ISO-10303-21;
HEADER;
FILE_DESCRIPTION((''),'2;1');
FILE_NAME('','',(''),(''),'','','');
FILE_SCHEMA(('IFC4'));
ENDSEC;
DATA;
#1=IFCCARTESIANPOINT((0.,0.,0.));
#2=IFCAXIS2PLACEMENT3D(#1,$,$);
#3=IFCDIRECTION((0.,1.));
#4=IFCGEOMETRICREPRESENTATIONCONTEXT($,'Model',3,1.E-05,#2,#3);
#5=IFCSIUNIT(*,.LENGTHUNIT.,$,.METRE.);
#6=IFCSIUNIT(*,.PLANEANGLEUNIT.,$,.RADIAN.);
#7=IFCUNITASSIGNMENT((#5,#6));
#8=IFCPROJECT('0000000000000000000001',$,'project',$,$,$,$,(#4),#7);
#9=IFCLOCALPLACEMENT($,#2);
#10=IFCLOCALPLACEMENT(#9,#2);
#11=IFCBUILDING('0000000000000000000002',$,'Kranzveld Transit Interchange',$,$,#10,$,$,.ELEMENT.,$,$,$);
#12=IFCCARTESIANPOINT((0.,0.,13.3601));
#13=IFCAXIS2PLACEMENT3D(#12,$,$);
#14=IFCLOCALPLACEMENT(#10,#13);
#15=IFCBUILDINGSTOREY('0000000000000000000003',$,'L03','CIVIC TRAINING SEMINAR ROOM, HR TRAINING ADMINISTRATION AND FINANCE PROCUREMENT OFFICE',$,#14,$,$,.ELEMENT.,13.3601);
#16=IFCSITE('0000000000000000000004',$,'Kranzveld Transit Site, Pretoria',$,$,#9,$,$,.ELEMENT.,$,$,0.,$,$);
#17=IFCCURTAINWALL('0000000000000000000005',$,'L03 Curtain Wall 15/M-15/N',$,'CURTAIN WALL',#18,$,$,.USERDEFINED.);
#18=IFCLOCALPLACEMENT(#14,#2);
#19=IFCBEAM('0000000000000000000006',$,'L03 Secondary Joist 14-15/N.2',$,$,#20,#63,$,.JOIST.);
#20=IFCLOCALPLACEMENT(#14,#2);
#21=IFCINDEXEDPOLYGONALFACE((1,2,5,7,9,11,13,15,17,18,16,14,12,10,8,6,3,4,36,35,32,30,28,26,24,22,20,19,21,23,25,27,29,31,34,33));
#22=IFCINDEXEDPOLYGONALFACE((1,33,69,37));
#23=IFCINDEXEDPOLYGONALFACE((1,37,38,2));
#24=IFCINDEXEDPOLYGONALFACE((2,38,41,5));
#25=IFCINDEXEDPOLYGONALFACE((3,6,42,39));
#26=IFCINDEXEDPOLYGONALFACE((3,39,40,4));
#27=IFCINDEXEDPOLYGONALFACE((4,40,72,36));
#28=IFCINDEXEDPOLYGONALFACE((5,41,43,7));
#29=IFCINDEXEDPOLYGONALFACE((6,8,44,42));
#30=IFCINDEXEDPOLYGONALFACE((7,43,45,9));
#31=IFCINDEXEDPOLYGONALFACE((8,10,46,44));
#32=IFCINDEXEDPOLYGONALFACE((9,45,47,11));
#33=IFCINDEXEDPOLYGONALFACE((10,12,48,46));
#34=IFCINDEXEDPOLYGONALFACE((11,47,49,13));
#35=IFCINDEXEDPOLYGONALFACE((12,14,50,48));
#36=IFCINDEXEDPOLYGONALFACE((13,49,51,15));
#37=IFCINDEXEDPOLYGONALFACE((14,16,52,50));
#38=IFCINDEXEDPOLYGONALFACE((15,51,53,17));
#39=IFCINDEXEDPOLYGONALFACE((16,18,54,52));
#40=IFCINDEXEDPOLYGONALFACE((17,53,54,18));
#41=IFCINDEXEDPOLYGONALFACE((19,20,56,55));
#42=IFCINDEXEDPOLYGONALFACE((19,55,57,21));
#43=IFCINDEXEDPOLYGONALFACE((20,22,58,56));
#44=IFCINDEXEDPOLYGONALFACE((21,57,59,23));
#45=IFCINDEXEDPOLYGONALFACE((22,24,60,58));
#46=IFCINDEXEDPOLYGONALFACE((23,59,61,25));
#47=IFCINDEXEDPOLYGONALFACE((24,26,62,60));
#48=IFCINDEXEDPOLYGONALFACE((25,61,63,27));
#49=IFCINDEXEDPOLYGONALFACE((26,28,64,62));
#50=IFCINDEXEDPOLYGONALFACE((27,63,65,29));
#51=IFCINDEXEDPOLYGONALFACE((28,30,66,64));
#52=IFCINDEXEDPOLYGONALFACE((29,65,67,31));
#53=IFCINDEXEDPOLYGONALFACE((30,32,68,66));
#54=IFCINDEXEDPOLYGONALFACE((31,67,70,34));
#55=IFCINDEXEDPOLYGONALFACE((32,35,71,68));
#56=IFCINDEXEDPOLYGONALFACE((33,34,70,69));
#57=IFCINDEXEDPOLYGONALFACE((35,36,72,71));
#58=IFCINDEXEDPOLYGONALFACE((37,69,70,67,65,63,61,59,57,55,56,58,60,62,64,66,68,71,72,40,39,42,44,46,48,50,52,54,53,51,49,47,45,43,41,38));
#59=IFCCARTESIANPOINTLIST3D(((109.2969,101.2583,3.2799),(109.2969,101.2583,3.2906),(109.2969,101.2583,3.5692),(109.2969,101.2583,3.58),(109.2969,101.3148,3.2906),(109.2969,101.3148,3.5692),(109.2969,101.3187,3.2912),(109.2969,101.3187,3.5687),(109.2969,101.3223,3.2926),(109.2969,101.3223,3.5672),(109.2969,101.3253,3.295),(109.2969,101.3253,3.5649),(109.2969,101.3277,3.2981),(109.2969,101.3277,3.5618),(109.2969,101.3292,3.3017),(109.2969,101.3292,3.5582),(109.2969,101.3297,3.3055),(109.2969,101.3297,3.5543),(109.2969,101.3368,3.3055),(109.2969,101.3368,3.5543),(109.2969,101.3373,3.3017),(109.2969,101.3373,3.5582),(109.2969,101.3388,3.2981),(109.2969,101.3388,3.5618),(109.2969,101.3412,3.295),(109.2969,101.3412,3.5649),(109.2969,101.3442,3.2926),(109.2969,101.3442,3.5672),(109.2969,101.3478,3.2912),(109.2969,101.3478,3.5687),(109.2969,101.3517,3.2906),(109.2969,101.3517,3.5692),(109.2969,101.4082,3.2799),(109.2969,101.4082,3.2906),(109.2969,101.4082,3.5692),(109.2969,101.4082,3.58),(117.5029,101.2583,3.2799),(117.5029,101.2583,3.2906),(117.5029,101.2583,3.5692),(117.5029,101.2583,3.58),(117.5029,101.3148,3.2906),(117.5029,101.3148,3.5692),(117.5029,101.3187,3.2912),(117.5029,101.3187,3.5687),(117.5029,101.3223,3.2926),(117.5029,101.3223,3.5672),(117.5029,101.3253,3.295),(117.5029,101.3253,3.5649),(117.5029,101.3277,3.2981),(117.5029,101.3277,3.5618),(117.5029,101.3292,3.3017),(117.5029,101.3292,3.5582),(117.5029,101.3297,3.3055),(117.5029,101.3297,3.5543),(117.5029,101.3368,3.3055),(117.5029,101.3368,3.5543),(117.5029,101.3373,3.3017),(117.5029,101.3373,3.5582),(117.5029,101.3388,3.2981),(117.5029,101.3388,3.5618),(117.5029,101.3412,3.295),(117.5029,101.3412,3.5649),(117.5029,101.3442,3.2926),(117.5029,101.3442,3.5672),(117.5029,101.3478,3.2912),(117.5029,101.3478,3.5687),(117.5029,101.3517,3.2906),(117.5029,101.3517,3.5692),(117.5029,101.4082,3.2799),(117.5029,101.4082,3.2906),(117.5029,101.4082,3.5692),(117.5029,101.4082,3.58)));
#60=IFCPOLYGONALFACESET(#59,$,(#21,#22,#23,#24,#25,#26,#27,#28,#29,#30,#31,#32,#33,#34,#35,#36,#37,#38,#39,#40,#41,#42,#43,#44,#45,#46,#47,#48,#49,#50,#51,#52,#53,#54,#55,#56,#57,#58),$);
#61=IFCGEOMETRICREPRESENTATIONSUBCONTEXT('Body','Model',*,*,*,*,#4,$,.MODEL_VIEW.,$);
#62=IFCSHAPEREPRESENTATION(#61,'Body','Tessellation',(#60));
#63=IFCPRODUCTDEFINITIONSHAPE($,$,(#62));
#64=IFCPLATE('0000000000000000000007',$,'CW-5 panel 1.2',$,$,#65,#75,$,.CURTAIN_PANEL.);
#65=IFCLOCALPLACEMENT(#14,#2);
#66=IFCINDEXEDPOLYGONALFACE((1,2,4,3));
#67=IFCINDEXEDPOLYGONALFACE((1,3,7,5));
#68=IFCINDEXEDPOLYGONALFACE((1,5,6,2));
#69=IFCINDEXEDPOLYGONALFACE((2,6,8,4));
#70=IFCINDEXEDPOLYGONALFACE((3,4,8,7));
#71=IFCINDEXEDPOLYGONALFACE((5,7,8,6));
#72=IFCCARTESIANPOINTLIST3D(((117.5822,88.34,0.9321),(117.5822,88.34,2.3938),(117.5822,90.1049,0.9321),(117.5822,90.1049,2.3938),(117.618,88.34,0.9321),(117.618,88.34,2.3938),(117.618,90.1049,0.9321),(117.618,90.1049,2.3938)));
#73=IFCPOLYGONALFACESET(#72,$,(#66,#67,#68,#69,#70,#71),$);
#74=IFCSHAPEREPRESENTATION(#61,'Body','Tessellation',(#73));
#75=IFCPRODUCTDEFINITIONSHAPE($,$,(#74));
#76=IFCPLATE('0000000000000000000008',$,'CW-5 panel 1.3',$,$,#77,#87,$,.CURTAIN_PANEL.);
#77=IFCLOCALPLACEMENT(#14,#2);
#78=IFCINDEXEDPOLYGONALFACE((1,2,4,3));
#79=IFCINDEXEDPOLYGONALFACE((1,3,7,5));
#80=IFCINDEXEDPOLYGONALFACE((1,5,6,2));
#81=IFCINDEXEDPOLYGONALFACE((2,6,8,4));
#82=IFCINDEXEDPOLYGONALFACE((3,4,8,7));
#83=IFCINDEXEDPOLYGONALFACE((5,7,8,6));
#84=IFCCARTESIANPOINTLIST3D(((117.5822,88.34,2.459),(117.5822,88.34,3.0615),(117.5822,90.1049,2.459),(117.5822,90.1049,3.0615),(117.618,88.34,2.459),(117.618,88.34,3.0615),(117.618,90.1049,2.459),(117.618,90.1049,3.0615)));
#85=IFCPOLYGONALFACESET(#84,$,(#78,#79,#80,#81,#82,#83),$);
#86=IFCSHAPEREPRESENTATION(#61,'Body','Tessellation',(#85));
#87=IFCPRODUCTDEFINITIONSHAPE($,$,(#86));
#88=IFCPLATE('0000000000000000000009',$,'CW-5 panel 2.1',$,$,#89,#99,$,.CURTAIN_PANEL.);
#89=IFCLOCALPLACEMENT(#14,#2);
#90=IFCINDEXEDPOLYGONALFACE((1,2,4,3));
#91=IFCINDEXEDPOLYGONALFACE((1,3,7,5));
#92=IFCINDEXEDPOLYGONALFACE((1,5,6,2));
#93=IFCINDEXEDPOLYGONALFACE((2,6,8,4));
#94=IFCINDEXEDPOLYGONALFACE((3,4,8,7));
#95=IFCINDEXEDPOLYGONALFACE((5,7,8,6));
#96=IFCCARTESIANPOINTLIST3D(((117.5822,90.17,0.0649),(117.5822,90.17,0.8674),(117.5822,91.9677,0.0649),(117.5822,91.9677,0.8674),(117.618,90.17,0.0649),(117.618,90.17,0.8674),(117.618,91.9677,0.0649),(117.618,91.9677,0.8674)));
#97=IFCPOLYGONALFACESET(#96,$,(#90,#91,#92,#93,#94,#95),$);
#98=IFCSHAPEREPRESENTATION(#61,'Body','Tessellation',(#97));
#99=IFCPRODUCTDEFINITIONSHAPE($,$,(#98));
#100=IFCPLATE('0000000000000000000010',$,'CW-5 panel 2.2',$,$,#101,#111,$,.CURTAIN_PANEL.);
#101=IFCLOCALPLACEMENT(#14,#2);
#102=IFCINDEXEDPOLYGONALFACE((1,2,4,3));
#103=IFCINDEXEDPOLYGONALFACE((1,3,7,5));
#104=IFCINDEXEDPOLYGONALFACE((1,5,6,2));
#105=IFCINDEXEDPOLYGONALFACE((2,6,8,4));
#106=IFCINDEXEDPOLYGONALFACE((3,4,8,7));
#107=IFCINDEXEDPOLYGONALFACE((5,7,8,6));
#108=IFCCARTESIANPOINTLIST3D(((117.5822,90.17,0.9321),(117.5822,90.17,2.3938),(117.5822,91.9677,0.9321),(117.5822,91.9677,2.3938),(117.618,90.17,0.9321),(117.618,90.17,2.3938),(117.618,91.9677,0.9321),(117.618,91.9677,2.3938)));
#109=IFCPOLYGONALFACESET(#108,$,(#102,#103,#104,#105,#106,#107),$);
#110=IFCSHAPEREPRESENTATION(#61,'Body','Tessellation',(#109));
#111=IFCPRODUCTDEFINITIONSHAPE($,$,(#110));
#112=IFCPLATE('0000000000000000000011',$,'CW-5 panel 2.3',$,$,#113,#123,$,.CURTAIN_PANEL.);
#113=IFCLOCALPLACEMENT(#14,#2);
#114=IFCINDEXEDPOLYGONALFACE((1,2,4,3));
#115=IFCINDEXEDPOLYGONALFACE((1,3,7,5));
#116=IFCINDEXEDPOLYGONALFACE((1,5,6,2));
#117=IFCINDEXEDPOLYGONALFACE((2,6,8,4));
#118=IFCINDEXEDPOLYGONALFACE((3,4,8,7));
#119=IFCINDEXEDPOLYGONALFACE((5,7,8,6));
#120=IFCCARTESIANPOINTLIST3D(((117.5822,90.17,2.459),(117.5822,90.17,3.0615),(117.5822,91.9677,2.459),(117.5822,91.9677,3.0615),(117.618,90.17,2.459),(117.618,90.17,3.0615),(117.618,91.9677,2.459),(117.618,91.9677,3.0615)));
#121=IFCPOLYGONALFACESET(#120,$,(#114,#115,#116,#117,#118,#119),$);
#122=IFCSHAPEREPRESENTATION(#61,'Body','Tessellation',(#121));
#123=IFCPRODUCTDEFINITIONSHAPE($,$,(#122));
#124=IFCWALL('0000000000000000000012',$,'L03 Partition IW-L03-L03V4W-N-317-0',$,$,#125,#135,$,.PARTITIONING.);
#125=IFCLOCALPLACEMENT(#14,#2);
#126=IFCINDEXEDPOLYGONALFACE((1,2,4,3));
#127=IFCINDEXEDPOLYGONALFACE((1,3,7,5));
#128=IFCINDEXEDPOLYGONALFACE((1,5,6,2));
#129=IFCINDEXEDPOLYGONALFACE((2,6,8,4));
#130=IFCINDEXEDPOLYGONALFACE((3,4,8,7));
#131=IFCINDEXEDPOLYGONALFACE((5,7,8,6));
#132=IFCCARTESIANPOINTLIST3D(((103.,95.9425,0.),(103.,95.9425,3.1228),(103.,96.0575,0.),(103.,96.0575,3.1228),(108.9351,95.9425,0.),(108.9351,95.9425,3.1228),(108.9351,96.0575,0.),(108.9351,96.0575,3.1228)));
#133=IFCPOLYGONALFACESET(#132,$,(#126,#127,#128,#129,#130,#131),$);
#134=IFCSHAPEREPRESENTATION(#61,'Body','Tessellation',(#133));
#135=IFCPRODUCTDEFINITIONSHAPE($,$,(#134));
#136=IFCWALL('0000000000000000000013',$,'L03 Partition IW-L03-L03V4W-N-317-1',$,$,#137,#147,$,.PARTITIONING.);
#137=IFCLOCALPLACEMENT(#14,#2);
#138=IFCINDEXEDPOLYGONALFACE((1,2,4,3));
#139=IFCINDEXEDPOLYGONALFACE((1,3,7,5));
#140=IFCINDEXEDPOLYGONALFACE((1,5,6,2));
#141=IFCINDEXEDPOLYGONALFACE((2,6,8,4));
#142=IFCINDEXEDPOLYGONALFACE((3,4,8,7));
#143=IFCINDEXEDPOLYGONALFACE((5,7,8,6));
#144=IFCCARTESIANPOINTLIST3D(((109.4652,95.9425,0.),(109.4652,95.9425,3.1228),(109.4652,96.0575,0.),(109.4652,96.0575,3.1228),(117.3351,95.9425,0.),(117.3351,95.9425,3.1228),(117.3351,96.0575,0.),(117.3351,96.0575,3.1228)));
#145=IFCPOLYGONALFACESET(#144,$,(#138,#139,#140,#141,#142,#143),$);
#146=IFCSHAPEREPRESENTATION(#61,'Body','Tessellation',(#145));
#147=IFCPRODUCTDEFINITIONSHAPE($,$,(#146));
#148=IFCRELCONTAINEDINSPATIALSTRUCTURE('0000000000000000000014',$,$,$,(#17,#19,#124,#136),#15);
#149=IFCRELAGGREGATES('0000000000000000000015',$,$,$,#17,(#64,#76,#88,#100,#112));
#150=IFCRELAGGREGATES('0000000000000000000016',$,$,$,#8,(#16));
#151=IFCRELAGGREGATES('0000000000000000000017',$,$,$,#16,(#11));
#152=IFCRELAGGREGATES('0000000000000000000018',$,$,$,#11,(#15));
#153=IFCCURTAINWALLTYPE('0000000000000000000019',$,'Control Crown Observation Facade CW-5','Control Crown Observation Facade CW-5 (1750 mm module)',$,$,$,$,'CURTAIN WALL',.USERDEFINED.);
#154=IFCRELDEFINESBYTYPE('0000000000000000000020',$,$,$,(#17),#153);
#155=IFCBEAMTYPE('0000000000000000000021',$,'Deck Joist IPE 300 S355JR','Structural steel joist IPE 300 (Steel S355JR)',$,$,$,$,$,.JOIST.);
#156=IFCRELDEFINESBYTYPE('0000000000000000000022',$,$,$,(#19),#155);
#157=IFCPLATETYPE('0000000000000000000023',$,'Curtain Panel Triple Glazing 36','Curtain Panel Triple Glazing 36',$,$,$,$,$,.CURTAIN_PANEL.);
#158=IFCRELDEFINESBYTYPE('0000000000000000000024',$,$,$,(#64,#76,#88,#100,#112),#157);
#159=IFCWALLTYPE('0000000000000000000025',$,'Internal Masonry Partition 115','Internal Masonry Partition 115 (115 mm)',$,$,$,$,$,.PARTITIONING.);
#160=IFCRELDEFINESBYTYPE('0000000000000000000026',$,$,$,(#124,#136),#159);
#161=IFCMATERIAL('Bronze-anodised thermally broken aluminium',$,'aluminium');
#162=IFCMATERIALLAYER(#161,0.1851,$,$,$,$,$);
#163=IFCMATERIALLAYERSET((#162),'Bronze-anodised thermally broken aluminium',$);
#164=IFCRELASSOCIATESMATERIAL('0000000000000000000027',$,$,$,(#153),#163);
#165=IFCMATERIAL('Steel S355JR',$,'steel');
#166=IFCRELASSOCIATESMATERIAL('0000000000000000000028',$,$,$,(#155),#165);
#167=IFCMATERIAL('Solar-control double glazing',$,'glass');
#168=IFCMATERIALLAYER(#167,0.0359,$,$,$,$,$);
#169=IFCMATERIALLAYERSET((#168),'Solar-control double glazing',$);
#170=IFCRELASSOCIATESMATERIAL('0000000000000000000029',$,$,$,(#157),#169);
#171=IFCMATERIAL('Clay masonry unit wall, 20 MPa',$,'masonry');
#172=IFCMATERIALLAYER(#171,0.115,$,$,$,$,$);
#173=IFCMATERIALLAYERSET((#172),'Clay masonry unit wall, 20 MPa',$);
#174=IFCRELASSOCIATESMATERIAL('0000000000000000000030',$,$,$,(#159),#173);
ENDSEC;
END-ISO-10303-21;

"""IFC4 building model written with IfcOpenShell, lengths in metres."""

from ifc_helpers import new_model, si_unit, direction, frame, frame_2d, origin, origin_2d, place, context, subcontext, project, spatial, rectangle, i_section, extrude, material, layer, layer_set, material_profile, profile_set, type_object, element, aggregate, save


model = new_model("IFC4")

# Units and contexts
model_context = context("Model", 3, precision=1e-05, world=origin(), true_north=direction((0.0, 1.0)))
body_context = subcontext(model_context, "Body", "Model", "MODEL_VIEW")
ifc_project = project(units=[si_unit("LENGTHUNIT", "METRE"), si_unit("PLANEANGLEUNIT", "RADIAN")], contexts=[model_context])

# Site, building, storey
site_placement = place(None, origin())
site = spatial("IfcSite", under=ifc_project, at=site_placement, Name="Kranzveld Transit Site, Pretoria", CompositionType="ELEMENT", RefElevation=0.0)
building_placement = place(site_placement, origin())
building = spatial("IfcBuilding", under=site, at=building_placement, Name="Kranzveld Transit Interchange", CompositionType="ELEMENT")
storey_placement = place(building_placement, frame((0.0, 0.0, 13.3601)))
storey = spatial("IfcBuildingStorey", under=building, at=storey_placement, Name="L03", Description="CIVIC TRAINING SEMINAR ROOM, HR TRAINING ADMINISTRATION AND FINANCE PROCUREMENT OFFICE", CompositionType="ELEMENT", Elevation=13.3601)

# Curtain wall
ifc_material_1 = material(Name="Bronze-anodised thermally broken aluminium", Category="aluminium")
ifc_layer_1 = layer(ifc_material_1, 0.1851)
ifc_layer_set_1 = layer_set([ifc_layer_1], Name="Bronze-anodised thermally broken aluminium")
curtain_wall_type = type_object("IfcCurtainWallType", Name="Control Crown Observation Facade CW-5", Description="Control Crown Observation Facade CW-5 (1750 mm module)", ElementType="CURTAIN WALL", PredefinedType="USERDEFINED", material=ifc_layer_set_1)
curtain_wall_placement = place(storey_placement, origin())
curtain_wall = element("IfcCurtainWall", 1, at=curtain_wall_placement, inside=storey, type_object=curtain_wall_type, Name="L03 Curtain Wall 15/M-15/N", ObjectType="CURTAIN WALL", PredefinedType="USERDEFINED")

# Beam
ifc_material_2 = material(Name="Steel S355JR", Category="steel")
ifc_material_profile_1 = material_profile(ifc_material_2, i_section(OverallWidth=0.1499, OverallDepth=0.3, WebThickness=0.0071, FlangeThickness=0.0107, FilletRadius=0.0149, at=origin_2d()), Name="IPE 300")
ifc_profile_set_1 = profile_set([ifc_material_profile_1], Name="Steel S355JR")
beam_type_1 = type_object("IfcBeamType", Name="Deck Joist IPE 300 S355JR", Description="Structural steel joist IPE 300 (Steel S355JR)", PredefinedType="JOIST", material=ifc_profile_set_1)
for number, where, z_axis, x_axis, name in (
    (2, (109.2969, 101.3333, 3.4299), (1.0, 0.0, 0.0), (0.0, 1.0, 0.0), "L03 Secondary Joist 14-15/N.2"),
):
    element("IfcBeam", number, at=place(storey_placement, frame(where, z_axis=z_axis, x_axis=x_axis)), inside=storey, type_object=beam_type_1, Name=name, PredefinedType="JOIST", context=body_context, shape_type="SweptSolid", body=[
        extrude(i_section(OverallWidth=0.1499, OverallDepth=0.3, WebThickness=0.0071, FlangeThickness=0.0107, FilletRadius=0.0149, at=origin_2d()), origin(), (0.0, 0.0, 1.0), 8.2061),
    ])

# Plates
ifc_material_3 = material(Name="Solar-control double glazing", Category="glass")
ifc_layer_2 = layer(ifc_material_3, 0.0359)
ifc_layer_set_2 = layer_set([ifc_layer_2], Name="Solar-control double glazing")
plate_type = type_object("IfcPlateType", Name="Curtain Panel Triple Glazing 36", Description="Curtain Panel Triple Glazing 36", PredefinedType="CURTAIN_PANEL", material=ifc_layer_set_2)
plate_1_placement = place(storey_placement, frame((117.6001, 89.2224, 0.9321), z_axis=(0.0, 0.0, 1.0), x_axis=(0.0, 1.0, 0.0)))
plate_1 = element("IfcPlate", 3, at=plate_1_placement, type_object=plate_type, Name="CW-5 panel 1.2", PredefinedType="CURTAIN_PANEL", context=body_context, shape_type="SweptSolid", body=[
    extrude(rectangle(XDim=1.7649, YDim=0.0359, at=origin_2d()), origin(), (0.0, 0.0, 1.0), 1.4617),
])
plate_2_placement = place(storey_placement, frame((117.6001, 89.2224, 2.459), z_axis=(0.0, 0.0, 1.0), x_axis=(0.0, 1.0, 0.0)))
plate_2 = element("IfcPlate", 4, at=plate_2_placement, type_object=plate_type, Name="CW-5 panel 1.3", PredefinedType="CURTAIN_PANEL", context=body_context, shape_type="SweptSolid", body=[
    extrude(rectangle(XDim=1.7649, YDim=0.0359, at=origin_2d()), origin(), (0.0, 0.0, 1.0), 0.6025),
])
plate_3_placement = place(storey_placement, frame((117.6001, 91.0688, 0.0649), z_axis=(0.0, 0.0, 1.0), x_axis=(0.0, 1.0, 0.0)))
plate_3 = element("IfcPlate", 5, at=plate_3_placement, type_object=plate_type, Name="CW-5 panel 2.1", PredefinedType="CURTAIN_PANEL", context=body_context, shape_type="SweptSolid", body=[
    extrude(rectangle(XDim=1.7976, YDim=0.0359, at=origin_2d()), origin(), (0.0, 0.0, 1.0), 0.8025),
])
plate_4_placement = place(storey_placement, frame((117.6001, 91.0688, 0.9321), z_axis=(0.0, 0.0, 1.0), x_axis=(0.0, 1.0, 0.0)))
plate_4 = element("IfcPlate", 6, at=plate_4_placement, type_object=plate_type, Name="CW-5 panel 2.2", PredefinedType="CURTAIN_PANEL", context=body_context, shape_type="SweptSolid", body=[
    extrude(rectangle(XDim=1.7976, YDim=0.0359, at=origin_2d()), origin(), (0.0, 0.0, 1.0), 1.4617),
])
plate_5_placement = place(storey_placement, frame((117.6001, 91.0688, 2.459), z_axis=(0.0, 0.0, 1.0), x_axis=(0.0, 1.0, 0.0)))
plate_5 = element("IfcPlate", 7, at=plate_5_placement, type_object=plate_type, Name="CW-5 panel 2.3", PredefinedType="CURTAIN_PANEL", context=body_context, shape_type="SweptSolid", body=[
    extrude(rectangle(XDim=1.7976, YDim=0.0359, at=origin_2d()), origin(), (0.0, 0.0, 1.0), 0.6025),
])
aggregate(curtain_wall, [plate_1, plate_2, plate_3, plate_4, plate_5])

# Walls
ifc_material_4 = material(Name="Clay masonry unit wall, 20 MPa", Category="masonry")
ifc_layer_3 = layer(ifc_material_4, 0.115)
ifc_layer_set_3 = layer_set([ifc_layer_3], Name="Clay masonry unit wall, 20 MPa")
wall_type = type_object("IfcWallType", Name="Internal Masonry Partition 115", Description="Internal Masonry Partition 115 (115 mm)", PredefinedType="PARTITIONING", material=ifc_layer_set_3)
wall_1_placement = place(storey_placement, frame((103.0, 96.0, 0.0), z_axis=(0.0, 0.0, 1.0), x_axis=(1.0, 0.0, 0.0)))
element("IfcWall", 8, at=wall_1_placement, inside=storey, type_object=wall_type, Name="L03 Partition IW-L03-L03V4W-N-317-0", PredefinedType="PARTITIONING", context=body_context, shape_type="SweptSolid", body=[
    extrude(rectangle(XDim=5.9351, YDim=0.115, at=frame_2d((2.9675, 0.0))), origin(), (0.0, 0.0, 1.0), 3.1228),
])
wall_2_placement = place(storey_placement, frame((109.4651, 96.0, 0.0), z_axis=(0.0, 0.0, 1.0), x_axis=(1.0, 0.0, 0.0)))
element("IfcWall", 9, at=wall_2_placement, inside=storey, type_object=wall_type, Name="L03 Partition IW-L03-L03V4W-N-317-1", PredefinedType="PARTITIONING", context=body_context, shape_type="SweptSolid", body=[
    extrude(rectangle(XDim=7.8699, YDim=0.115, at=frame_2d((3.9351, 0.0))), origin(), (0.0, 0.0, 1.0), 3.1228),
])

save(model, "model.ifc")
